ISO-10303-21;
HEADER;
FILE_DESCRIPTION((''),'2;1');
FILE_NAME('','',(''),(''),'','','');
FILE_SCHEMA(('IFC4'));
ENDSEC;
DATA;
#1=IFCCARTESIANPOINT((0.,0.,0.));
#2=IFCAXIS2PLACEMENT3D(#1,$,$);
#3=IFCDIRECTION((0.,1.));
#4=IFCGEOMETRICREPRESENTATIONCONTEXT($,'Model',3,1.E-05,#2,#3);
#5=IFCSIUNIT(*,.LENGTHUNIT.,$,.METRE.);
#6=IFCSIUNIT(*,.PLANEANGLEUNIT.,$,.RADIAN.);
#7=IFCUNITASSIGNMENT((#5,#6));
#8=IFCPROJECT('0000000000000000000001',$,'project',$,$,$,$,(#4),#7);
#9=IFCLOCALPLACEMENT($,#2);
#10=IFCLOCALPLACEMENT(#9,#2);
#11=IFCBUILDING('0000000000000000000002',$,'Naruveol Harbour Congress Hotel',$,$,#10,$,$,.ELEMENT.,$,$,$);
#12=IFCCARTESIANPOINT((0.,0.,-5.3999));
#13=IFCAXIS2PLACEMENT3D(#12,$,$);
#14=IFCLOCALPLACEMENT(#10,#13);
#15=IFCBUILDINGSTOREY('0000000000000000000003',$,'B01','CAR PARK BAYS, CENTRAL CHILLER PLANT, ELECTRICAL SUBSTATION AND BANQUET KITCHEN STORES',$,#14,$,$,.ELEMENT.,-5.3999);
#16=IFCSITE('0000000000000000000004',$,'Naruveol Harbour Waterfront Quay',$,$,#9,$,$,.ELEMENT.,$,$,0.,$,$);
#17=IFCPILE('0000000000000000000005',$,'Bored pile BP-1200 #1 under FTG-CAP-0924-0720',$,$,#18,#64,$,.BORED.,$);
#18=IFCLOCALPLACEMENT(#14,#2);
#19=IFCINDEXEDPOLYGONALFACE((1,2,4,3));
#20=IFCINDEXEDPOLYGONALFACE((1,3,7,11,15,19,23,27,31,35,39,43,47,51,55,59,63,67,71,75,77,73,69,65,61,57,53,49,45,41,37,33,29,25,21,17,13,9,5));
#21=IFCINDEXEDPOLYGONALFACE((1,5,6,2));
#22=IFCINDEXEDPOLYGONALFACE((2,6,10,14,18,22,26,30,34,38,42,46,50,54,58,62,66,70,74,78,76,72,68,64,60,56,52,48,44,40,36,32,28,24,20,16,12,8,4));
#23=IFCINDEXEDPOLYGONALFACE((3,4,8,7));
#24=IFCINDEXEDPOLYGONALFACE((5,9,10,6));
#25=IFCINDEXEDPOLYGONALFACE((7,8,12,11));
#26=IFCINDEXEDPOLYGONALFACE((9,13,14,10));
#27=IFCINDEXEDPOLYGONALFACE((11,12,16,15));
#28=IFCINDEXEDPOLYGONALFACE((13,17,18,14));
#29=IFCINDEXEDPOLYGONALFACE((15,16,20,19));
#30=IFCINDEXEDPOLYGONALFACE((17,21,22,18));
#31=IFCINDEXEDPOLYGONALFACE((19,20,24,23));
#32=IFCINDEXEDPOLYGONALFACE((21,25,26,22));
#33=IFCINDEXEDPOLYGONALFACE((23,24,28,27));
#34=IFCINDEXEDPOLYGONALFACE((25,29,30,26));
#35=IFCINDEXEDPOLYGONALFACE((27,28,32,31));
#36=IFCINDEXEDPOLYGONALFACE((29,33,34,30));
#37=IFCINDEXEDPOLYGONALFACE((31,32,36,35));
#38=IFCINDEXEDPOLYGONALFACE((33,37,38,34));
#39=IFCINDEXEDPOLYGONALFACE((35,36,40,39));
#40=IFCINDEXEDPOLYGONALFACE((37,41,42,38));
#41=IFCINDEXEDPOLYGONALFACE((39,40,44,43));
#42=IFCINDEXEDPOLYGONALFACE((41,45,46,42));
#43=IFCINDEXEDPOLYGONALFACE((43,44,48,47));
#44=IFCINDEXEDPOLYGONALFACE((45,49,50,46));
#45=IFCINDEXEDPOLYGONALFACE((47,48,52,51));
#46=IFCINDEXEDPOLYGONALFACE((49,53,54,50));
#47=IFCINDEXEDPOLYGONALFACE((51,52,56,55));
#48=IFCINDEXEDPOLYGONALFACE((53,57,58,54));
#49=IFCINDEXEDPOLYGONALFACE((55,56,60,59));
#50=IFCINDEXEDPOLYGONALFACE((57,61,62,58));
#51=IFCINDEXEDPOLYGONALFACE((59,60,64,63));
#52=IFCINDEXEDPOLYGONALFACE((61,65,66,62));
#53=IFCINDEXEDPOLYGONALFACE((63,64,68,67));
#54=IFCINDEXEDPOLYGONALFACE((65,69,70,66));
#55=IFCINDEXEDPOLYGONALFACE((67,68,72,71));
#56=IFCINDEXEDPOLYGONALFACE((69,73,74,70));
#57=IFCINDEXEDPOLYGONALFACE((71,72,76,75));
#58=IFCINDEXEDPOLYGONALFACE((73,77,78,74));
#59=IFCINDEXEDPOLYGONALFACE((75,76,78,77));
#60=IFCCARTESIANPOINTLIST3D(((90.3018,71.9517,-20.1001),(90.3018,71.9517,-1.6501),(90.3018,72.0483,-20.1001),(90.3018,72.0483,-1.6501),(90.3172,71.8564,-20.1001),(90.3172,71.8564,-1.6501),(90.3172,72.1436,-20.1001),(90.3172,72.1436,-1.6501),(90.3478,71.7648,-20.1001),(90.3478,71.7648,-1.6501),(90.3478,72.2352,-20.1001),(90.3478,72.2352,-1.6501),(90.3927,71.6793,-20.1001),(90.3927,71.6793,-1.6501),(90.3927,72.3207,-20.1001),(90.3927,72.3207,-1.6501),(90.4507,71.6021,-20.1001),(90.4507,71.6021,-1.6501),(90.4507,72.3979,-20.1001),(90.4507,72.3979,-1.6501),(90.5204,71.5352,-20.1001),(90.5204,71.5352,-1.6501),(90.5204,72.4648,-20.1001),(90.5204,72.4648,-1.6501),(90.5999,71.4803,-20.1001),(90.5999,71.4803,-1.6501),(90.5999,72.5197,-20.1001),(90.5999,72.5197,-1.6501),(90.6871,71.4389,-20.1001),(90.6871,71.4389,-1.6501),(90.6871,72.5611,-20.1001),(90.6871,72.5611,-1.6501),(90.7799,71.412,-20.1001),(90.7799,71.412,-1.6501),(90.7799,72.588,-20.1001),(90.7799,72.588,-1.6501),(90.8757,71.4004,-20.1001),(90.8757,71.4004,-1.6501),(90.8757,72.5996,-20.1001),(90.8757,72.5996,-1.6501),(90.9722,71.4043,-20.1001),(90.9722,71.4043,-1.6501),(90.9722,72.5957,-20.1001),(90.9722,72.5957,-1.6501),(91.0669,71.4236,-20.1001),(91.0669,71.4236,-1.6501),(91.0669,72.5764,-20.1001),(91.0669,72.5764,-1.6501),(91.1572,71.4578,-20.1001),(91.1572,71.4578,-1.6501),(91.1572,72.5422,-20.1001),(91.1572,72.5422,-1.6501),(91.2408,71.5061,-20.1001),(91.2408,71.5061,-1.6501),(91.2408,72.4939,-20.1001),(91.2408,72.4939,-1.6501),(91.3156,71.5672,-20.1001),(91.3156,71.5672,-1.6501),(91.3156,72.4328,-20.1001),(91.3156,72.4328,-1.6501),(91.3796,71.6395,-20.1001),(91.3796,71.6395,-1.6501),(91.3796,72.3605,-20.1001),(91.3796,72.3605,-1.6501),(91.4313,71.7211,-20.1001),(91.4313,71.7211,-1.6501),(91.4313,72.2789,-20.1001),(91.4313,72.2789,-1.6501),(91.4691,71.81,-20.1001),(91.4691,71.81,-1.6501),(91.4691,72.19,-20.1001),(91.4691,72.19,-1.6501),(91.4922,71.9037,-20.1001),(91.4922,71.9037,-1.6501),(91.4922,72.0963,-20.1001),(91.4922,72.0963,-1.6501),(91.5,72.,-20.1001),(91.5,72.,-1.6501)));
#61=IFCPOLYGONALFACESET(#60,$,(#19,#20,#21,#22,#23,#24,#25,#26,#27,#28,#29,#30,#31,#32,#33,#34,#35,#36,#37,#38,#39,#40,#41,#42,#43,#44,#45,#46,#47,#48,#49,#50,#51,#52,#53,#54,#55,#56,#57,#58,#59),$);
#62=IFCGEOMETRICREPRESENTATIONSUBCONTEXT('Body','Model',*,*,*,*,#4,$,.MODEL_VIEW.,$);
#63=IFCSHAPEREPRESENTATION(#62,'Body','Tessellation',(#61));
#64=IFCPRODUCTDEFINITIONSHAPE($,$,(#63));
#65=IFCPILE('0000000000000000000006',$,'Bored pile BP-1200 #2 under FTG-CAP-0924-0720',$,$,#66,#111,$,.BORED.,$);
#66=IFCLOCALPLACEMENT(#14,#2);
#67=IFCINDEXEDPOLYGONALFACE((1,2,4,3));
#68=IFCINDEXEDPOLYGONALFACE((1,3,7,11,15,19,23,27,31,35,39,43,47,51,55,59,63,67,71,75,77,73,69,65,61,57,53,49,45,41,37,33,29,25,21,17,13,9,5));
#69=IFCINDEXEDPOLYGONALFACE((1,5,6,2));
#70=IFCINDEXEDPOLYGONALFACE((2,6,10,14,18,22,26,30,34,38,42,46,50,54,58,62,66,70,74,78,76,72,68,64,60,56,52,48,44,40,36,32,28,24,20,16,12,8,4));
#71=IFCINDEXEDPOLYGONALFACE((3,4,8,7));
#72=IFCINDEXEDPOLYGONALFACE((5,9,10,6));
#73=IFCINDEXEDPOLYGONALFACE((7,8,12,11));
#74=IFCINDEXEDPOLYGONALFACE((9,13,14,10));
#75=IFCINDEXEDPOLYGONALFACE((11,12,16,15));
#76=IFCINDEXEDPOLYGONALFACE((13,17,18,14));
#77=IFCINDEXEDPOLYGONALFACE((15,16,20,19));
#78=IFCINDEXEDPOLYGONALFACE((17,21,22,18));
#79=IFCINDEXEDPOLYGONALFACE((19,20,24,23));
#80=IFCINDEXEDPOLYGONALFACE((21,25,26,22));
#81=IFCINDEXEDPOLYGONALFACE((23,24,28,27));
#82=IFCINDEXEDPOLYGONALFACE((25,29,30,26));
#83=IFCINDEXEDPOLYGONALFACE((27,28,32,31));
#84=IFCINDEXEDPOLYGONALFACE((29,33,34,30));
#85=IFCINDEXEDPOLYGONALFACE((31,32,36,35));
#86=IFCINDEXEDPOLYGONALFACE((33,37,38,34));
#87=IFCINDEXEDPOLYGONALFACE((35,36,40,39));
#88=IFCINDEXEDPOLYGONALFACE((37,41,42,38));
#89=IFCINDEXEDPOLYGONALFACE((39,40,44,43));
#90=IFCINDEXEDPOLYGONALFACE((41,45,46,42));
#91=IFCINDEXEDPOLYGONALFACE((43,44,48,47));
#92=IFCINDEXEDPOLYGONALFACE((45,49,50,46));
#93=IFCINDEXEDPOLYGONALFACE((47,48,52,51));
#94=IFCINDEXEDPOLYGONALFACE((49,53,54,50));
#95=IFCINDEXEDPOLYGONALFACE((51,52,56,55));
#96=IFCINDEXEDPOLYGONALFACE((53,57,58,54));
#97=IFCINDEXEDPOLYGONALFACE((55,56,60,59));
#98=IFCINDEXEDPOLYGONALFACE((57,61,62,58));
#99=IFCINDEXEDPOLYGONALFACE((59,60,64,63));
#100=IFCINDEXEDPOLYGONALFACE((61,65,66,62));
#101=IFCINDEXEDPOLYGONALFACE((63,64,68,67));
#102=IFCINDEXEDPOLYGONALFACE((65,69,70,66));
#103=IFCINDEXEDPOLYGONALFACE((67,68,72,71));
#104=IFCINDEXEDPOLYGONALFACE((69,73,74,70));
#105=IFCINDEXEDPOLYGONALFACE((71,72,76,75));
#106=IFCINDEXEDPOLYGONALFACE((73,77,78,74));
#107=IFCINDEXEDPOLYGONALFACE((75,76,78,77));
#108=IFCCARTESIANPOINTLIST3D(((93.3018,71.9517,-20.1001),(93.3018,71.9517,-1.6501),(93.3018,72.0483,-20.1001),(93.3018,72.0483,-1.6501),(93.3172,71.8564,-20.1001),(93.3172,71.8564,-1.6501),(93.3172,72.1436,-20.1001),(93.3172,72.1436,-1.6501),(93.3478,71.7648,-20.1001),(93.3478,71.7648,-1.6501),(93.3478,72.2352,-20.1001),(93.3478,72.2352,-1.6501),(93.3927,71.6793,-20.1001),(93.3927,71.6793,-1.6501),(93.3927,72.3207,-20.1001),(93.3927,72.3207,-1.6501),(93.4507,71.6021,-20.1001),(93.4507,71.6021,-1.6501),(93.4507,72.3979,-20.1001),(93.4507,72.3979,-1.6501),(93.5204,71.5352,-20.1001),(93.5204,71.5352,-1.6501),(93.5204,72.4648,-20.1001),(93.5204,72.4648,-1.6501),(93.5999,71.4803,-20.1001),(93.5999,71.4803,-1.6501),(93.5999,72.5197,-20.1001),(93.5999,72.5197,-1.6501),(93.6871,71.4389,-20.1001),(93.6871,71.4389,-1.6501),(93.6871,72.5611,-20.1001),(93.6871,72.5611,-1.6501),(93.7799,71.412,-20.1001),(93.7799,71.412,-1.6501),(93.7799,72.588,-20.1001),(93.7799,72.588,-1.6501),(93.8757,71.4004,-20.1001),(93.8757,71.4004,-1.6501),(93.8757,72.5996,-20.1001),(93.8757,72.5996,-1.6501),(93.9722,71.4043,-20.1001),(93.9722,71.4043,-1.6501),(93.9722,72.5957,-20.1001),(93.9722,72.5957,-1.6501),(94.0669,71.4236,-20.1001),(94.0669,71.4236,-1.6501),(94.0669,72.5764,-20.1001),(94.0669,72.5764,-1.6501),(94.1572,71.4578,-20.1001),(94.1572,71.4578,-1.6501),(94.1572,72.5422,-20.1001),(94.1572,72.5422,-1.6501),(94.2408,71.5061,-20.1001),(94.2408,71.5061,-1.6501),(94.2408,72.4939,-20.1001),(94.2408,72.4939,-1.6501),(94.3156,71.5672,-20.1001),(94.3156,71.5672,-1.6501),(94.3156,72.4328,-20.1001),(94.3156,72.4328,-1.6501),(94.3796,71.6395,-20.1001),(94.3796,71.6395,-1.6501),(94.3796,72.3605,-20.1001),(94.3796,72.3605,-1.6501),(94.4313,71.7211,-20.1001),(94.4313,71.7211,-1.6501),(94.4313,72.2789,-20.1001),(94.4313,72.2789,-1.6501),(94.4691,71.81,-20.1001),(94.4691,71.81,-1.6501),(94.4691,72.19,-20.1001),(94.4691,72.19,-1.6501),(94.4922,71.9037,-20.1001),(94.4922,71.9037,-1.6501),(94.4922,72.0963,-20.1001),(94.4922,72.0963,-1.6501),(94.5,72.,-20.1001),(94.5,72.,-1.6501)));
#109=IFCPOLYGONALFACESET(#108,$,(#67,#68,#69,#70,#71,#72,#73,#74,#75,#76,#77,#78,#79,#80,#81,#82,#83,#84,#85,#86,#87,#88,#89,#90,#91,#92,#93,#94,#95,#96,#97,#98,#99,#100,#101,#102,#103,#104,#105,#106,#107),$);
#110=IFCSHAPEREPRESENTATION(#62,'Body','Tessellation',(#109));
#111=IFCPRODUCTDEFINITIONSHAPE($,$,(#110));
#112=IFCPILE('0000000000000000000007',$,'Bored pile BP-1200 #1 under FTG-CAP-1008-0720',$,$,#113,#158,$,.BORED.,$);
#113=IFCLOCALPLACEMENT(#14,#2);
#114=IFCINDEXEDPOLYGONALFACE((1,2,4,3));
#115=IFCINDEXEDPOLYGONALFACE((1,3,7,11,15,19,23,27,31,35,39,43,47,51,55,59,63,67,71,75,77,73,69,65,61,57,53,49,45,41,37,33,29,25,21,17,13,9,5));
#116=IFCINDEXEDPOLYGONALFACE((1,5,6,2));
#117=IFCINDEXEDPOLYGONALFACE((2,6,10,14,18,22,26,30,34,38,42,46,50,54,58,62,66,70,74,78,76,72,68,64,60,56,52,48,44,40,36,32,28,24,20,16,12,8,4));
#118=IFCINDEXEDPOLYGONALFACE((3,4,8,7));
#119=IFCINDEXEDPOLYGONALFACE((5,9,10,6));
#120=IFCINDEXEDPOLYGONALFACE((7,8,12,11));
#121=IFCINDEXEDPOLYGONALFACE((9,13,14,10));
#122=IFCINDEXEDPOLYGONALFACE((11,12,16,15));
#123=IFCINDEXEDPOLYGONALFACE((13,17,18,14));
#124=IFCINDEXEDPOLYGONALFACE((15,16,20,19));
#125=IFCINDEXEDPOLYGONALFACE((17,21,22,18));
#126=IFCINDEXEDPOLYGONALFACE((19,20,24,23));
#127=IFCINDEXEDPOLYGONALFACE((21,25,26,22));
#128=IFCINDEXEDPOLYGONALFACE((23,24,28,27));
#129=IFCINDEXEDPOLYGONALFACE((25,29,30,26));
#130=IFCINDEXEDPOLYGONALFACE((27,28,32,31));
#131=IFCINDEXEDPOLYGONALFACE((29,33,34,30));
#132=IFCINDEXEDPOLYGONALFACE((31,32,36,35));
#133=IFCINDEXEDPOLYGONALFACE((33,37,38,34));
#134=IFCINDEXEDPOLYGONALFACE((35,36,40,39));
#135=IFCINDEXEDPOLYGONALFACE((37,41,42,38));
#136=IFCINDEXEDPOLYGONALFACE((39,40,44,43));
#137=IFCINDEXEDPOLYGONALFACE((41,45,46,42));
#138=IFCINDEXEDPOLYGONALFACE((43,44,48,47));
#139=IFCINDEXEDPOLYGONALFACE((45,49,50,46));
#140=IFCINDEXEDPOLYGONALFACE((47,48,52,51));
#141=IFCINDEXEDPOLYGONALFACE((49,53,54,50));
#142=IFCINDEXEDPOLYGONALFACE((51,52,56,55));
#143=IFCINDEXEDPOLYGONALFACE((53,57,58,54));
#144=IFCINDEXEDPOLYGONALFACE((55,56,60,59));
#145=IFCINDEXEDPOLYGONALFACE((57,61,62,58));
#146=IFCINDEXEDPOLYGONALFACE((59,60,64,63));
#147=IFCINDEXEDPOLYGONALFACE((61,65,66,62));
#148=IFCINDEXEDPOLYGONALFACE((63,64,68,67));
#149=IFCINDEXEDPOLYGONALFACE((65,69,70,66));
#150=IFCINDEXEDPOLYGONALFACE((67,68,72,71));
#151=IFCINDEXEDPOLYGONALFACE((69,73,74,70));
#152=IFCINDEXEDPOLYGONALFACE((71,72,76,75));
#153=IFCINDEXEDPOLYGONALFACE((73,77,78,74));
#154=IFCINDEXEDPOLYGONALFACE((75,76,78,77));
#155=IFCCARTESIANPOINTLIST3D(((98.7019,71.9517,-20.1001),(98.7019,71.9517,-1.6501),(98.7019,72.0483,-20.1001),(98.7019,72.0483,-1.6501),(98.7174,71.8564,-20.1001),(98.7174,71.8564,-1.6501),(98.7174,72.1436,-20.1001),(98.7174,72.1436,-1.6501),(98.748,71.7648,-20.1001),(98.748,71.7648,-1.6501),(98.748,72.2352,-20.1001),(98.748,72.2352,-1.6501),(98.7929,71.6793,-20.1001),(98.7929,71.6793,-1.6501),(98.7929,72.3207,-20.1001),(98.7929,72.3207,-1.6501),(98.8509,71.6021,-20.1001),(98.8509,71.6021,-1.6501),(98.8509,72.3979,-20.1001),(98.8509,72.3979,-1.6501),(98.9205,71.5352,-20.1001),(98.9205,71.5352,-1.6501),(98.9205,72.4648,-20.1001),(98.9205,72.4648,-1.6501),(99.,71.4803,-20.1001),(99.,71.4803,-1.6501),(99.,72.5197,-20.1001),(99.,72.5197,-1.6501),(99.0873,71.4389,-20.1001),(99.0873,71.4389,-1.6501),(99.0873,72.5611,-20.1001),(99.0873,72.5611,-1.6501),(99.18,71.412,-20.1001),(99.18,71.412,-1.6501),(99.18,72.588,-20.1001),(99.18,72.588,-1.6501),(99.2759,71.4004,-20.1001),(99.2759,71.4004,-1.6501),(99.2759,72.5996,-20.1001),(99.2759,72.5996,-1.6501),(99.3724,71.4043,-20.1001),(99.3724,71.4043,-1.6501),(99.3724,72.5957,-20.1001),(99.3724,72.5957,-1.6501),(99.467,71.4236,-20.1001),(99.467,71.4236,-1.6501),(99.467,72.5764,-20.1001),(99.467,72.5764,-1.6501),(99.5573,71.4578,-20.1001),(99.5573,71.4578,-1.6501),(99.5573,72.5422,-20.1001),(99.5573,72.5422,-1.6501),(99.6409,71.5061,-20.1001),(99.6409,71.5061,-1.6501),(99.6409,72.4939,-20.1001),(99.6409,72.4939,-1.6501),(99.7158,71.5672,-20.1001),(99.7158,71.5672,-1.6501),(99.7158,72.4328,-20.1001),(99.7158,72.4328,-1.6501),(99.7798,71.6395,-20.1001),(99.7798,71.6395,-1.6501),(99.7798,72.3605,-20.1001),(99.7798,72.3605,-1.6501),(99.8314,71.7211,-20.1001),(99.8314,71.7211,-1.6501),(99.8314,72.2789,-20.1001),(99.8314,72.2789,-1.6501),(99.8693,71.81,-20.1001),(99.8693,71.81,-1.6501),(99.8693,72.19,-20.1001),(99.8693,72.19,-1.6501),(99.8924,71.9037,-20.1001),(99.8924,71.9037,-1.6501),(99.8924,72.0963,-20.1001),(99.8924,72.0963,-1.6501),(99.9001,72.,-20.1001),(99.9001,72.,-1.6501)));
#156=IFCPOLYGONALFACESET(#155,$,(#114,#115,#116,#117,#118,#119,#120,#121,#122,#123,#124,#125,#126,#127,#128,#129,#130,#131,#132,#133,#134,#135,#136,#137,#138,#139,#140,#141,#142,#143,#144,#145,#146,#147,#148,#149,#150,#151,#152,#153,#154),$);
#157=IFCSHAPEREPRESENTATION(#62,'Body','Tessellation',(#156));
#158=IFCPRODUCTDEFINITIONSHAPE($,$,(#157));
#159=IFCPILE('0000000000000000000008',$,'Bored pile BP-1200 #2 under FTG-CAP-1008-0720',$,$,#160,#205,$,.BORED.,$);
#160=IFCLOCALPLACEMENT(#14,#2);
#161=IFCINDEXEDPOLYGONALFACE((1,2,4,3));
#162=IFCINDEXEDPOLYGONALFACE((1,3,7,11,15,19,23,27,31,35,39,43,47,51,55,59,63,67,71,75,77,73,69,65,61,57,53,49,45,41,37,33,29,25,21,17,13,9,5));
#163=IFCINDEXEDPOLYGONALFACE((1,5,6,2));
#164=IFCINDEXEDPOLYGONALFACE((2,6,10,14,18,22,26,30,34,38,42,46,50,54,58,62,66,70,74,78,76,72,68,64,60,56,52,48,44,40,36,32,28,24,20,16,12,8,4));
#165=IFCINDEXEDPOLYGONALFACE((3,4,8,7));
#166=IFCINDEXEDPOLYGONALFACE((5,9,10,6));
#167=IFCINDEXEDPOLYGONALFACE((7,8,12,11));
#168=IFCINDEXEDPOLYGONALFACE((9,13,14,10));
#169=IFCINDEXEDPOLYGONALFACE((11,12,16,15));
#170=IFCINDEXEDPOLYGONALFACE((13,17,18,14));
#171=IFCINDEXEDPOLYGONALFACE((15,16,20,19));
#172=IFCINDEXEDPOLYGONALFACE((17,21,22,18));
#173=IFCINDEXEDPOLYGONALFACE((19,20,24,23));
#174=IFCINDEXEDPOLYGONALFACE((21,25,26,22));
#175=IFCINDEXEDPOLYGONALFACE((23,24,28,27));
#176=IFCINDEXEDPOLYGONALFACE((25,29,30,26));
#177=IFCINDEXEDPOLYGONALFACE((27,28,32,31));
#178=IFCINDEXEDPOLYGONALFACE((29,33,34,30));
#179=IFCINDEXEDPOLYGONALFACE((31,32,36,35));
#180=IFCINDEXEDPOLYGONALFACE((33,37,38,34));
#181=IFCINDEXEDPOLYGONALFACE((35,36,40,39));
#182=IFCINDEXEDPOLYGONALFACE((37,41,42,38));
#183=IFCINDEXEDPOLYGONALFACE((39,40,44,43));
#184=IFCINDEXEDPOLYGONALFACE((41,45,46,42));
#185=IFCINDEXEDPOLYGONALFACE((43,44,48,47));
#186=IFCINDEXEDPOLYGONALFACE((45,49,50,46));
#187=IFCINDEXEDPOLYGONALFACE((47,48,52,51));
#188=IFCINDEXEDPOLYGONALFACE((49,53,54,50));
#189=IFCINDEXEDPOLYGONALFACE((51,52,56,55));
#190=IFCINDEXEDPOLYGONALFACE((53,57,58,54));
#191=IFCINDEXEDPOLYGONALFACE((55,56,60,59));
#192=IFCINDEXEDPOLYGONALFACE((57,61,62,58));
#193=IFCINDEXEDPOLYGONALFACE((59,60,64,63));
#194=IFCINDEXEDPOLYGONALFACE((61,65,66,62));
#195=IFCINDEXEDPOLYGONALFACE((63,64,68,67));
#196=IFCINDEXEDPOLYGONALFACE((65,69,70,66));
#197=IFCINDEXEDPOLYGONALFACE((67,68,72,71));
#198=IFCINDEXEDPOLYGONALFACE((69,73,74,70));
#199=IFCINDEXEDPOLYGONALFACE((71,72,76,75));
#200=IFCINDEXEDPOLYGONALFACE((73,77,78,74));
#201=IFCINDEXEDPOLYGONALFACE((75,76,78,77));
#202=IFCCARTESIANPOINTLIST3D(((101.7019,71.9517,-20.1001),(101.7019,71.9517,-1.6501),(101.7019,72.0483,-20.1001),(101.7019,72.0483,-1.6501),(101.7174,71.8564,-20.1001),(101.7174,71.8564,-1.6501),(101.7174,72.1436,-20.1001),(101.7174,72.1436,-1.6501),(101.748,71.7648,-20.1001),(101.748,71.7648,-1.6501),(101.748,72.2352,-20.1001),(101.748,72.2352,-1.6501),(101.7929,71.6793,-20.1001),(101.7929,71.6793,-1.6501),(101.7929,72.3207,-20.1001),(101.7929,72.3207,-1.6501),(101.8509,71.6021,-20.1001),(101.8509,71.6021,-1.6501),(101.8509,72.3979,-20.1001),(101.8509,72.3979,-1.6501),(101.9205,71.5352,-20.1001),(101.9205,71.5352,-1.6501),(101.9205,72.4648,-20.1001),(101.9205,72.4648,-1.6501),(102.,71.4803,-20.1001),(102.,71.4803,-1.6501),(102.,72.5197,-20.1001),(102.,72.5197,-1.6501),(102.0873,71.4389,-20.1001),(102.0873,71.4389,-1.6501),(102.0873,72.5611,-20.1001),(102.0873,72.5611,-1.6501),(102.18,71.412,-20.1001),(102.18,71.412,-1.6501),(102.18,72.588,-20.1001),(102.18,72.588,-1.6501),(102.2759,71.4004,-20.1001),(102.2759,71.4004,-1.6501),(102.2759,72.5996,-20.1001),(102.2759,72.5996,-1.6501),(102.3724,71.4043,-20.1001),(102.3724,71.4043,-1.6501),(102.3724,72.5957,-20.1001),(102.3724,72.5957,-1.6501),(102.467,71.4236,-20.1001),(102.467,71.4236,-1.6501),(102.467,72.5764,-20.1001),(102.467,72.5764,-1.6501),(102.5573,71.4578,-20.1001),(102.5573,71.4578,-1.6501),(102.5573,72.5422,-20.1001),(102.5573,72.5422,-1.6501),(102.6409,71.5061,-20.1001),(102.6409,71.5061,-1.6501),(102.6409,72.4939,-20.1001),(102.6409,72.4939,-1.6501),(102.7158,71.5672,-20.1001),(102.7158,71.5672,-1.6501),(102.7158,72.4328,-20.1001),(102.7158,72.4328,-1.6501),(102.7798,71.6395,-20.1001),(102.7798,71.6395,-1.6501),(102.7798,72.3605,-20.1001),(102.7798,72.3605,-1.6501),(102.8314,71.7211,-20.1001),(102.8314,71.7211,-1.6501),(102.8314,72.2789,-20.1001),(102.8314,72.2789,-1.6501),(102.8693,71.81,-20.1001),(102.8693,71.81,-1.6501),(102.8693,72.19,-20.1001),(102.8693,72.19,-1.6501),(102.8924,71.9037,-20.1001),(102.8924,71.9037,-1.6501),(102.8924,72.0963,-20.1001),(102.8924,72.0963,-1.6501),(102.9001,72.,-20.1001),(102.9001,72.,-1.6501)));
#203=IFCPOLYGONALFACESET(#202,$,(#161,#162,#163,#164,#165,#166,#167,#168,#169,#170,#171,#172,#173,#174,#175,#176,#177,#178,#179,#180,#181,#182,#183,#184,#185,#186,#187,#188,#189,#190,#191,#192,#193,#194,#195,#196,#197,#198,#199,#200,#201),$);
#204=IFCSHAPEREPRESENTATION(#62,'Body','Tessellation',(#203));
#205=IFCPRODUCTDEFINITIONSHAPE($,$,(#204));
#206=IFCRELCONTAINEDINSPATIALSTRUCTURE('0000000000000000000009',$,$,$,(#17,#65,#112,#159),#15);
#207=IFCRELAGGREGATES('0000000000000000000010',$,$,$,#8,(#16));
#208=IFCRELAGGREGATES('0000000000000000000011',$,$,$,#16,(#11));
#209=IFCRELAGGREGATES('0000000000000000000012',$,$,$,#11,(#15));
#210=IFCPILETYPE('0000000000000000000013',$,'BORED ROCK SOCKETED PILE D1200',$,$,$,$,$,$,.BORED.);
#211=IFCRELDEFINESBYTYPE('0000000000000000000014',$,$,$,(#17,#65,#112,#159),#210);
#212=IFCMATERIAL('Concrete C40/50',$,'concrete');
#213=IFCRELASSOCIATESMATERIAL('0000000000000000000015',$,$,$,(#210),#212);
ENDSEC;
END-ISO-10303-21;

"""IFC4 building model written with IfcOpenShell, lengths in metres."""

from ifc_helpers import new_model, si_unit, direction, frame, origin, origin_2d, place, context, subcontext, project, spatial, circle, extrude, material, material_profile, profile_set, type_object, element, save


model = new_model("IFC4")

# Units and contexts
model_context = context("Model", 3, precision=1e-05, world=origin(), true_north=direction((0.0, 1.0)))
body_context = subcontext(model_context, "Body", "Model", "MODEL_VIEW")
ifc_project = project(units=[si_unit("LENGTHUNIT", "METRE"), si_unit("PLANEANGLEUNIT", "RADIAN")], contexts=[model_context])

# Site, building, storey
site_placement = place(None, origin())
site = spatial("IfcSite", under=ifc_project, at=site_placement, Name="Naruveol Harbour Waterfront Quay", CompositionType="ELEMENT", RefElevation=0.0)
building_placement = place(site_placement, origin())
building = spatial("IfcBuilding", under=site, at=building_placement, Name="Naruveol Harbour Congress Hotel", CompositionType="ELEMENT")
storey_placement = place(building_placement, frame((0.0, 0.0, -5.3999)))
storey = spatial("IfcBuildingStorey", under=building, at=storey_placement, Name="B01", Description="CAR PARK BAYS, CENTRAL CHILLER PLANT, ELECTRICAL SUBSTATION AND BANQUET KITCHEN STORES", CompositionType="ELEMENT", Elevation=-5.3999)

# Piles
ifc_material_1 = material(Name="Concrete C40/50", Category="concrete")
ifc_material_profile_1 = material_profile(ifc_material_1, circle(Radius=0.6001, at=origin_2d()), Name="BP-1200")
ifc_profile_set_1 = profile_set([ifc_material_profile_1], Name="Concrete C40/50")
pile_type_1 = type_object("IfcPileType", Name="BORED ROCK SOCKETED PILE D1200", PredefinedType="BORED", material=ifc_profile_set_1)
for number, where, z_axis, x_axis, name in (
    (1, (90.8999, 72.0, -1.6501), (0.0, 0.0, -1.0), (1.0, 0.0, 0.0), "Bored pile BP-1200 #1 under FTG-CAP-0924-0720"),
    (2, (93.8999, 72.0, -1.6501), (0.0, 0.0, -1.0), (1.0, 0.0, 0.0), "Bored pile BP-1200 #2 under FTG-CAP-0924-0720"),
    (3, (99.3, 72.0, -1.6501), (0.0, 0.0, -1.0), (1.0, 0.0, 0.0), "Bored pile BP-1200 #1 under FTG-CAP-1008-0720"),
    (4, (102.3, 72.0, -1.6501), (0.0, 0.0, -1.0), (1.0, 0.0, 0.0), "Bored pile BP-1200 #2 under FTG-CAP-1008-0720"),
):
    element("IfcPile", number, at=place(storey_placement, frame(where, z_axis=z_axis, x_axis=x_axis)), inside=storey, type_object=pile_type_1, Name=name, PredefinedType="BORED", context=body_context, shape_type="SweptSolid", body=[
        extrude(circle(Radius=0.6001, at=origin_2d()), origin(), (0.0, 0.0, 1.0), 18.45),
    ])

save(model, "model.ifc")
